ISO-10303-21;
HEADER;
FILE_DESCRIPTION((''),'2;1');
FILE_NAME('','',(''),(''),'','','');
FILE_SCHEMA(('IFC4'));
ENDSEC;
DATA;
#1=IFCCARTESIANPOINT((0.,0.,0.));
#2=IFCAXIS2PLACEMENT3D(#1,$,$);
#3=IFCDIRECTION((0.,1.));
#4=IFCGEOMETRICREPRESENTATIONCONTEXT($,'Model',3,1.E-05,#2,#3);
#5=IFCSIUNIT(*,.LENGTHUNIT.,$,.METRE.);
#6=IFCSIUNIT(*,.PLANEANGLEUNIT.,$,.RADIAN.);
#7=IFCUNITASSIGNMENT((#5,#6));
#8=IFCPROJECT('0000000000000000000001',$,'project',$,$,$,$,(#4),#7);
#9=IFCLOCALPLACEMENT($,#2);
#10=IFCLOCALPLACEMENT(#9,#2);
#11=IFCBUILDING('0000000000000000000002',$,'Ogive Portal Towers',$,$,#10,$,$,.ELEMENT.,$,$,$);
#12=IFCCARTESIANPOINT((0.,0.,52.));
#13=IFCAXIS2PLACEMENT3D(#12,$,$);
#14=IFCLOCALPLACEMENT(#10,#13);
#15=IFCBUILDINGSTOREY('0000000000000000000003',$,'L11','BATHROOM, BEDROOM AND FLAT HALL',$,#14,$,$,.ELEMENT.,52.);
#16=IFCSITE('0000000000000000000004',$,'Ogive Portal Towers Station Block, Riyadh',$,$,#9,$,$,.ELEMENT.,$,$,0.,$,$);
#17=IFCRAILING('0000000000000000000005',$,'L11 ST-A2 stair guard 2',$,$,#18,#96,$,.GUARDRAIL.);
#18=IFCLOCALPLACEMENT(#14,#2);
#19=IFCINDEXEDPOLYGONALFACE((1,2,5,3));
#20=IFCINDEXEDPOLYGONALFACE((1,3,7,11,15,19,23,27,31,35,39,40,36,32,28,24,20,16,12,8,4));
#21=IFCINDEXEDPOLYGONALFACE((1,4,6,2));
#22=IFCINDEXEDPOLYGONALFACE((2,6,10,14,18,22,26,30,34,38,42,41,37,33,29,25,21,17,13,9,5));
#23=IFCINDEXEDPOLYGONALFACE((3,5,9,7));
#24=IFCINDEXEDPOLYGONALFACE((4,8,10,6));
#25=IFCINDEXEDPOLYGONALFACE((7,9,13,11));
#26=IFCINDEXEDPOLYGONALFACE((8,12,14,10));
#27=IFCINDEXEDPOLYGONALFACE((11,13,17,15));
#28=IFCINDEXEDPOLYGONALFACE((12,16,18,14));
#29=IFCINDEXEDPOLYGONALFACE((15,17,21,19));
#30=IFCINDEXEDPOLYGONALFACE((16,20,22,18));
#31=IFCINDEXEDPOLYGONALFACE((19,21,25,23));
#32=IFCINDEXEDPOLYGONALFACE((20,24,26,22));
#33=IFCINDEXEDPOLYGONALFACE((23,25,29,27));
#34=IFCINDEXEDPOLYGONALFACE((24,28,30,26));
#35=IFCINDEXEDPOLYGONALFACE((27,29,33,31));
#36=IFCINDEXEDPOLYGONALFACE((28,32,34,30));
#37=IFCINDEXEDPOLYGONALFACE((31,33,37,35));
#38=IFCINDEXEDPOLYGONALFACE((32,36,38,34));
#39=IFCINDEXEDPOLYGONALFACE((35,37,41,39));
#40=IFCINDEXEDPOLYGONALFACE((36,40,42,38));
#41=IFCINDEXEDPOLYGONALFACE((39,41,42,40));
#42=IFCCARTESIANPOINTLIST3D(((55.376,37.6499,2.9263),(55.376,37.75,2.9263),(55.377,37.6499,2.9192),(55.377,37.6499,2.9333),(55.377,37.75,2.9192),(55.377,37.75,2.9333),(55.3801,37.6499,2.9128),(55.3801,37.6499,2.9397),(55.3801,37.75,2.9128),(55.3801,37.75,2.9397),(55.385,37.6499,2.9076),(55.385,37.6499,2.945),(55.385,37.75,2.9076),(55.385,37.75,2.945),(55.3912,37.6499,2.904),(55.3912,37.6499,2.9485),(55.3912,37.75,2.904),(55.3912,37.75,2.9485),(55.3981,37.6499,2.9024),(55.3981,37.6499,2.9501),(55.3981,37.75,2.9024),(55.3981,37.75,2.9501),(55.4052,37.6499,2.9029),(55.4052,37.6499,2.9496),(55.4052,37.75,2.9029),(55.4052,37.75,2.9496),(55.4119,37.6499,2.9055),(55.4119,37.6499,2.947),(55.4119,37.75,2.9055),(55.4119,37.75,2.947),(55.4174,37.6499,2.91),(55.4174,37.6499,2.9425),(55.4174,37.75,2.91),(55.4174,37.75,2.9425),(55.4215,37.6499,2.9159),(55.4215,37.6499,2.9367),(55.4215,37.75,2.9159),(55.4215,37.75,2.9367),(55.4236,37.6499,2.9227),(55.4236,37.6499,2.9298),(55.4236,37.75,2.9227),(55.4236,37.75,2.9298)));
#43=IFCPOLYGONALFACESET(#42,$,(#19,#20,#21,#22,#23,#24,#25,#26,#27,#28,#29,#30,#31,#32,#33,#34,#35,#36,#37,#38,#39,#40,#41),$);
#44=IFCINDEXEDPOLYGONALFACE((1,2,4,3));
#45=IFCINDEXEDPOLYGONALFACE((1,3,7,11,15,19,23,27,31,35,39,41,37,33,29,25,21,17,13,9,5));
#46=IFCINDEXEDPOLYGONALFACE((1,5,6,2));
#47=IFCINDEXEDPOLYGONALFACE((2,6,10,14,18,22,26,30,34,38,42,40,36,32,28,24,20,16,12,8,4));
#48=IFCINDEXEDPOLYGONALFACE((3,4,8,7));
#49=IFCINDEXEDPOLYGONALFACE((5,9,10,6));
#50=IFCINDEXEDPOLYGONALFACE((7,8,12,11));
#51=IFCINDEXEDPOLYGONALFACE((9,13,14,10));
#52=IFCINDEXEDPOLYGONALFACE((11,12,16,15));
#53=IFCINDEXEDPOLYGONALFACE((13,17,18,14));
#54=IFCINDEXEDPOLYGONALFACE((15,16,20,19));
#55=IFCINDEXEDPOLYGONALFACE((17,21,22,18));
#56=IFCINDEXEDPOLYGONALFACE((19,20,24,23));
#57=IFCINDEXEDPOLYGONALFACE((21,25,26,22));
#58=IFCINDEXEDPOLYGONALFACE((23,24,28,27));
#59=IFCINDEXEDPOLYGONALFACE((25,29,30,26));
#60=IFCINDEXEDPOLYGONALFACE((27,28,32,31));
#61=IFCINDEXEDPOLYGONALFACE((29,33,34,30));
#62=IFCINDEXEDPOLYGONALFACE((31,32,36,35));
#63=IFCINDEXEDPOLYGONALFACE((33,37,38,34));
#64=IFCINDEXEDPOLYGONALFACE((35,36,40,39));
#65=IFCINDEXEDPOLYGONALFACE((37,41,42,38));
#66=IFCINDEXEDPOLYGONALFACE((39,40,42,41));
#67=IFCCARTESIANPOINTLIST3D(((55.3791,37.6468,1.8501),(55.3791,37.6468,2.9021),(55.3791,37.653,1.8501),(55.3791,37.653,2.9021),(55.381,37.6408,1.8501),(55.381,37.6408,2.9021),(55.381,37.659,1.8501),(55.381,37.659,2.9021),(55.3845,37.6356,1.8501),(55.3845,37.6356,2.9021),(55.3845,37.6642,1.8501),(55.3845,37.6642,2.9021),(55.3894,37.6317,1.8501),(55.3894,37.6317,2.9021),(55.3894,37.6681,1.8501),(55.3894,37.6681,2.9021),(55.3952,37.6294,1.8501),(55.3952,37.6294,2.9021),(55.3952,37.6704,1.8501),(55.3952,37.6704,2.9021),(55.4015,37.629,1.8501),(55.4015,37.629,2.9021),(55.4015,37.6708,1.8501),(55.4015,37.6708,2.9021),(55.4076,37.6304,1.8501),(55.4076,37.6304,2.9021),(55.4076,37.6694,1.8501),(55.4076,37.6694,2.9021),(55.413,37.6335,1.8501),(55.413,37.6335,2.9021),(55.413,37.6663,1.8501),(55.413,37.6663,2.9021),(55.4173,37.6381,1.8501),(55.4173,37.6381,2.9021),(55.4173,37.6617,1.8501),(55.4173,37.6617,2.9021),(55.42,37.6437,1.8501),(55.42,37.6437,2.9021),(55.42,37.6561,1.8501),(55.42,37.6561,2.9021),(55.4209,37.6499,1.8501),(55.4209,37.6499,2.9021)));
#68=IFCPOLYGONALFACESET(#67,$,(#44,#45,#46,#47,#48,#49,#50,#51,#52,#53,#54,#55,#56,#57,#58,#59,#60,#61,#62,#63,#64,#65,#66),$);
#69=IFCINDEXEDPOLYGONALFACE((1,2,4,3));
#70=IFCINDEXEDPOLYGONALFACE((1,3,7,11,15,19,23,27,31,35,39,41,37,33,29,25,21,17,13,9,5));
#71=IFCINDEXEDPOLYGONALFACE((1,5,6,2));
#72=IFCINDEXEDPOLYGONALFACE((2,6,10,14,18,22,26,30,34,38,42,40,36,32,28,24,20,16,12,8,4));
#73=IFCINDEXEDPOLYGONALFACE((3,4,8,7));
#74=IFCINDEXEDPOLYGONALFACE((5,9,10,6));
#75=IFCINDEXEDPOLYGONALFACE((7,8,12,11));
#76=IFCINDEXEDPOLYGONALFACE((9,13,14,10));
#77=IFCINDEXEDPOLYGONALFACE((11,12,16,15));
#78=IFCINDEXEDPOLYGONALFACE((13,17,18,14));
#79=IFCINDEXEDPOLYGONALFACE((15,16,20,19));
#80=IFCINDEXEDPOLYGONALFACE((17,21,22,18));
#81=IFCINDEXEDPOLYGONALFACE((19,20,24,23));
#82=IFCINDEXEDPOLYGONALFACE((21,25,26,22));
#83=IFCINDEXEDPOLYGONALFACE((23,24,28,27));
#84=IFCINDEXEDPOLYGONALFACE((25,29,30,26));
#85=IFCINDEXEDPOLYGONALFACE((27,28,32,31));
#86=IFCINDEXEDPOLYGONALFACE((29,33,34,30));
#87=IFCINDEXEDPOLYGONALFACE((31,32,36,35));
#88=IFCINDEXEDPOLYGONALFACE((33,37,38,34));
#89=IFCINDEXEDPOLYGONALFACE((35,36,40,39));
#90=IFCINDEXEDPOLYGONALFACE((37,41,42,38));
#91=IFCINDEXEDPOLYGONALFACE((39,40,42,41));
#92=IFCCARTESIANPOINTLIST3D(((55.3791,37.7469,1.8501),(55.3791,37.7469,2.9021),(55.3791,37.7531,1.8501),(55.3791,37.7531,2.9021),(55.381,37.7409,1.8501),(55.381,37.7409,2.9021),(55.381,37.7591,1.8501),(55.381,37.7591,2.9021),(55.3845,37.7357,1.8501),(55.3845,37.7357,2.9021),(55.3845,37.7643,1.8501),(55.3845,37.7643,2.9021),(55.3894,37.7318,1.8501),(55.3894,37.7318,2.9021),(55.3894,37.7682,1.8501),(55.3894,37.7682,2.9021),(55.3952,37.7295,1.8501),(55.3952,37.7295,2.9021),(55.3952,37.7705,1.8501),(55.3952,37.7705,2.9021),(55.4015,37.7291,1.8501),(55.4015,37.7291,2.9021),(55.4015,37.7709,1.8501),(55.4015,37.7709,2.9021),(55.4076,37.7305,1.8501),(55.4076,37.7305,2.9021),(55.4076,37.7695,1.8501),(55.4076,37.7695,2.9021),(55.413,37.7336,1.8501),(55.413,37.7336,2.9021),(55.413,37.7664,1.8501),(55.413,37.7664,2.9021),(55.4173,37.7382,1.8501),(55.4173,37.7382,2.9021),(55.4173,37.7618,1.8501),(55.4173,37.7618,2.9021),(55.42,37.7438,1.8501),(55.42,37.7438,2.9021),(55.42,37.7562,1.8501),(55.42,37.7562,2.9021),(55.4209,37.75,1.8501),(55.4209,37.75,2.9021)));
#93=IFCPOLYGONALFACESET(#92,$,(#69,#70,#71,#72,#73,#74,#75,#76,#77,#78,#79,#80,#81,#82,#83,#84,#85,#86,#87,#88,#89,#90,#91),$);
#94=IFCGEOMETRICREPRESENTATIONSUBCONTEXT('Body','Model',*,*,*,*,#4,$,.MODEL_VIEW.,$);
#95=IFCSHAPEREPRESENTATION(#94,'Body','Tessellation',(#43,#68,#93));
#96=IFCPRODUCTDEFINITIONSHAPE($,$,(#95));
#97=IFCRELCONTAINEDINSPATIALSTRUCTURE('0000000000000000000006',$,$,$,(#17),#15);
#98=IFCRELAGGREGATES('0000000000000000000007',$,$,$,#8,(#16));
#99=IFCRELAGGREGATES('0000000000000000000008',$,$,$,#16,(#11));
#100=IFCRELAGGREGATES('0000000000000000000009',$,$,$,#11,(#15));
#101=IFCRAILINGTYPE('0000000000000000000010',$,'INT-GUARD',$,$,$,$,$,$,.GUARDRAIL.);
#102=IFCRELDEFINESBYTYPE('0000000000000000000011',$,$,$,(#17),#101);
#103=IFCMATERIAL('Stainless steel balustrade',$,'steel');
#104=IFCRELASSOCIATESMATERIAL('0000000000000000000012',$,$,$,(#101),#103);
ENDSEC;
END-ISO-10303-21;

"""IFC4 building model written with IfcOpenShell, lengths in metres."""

from ifc_helpers import new_model, si_unit, direction, frame, origin, origin_2d, place, context, subcontext, project, spatial, circle, extrude, material, type_object, element, save


model = new_model("IFC4")

# Units and contexts
model_context = context("Model", 3, precision=1e-05, world=origin(), true_north=direction((0.0, 1.0)))
body_context = subcontext(model_context, "Body", "Model", "MODEL_VIEW")
ifc_project = project(units=[si_unit("LENGTHUNIT", "METRE"), si_unit("PLANEANGLEUNIT", "RADIAN")], contexts=[model_context])

# Site, building, storey
site_placement = place(None, origin())
site = spatial("IfcSite", under=ifc_project, at=site_placement, Name="Ogive Portal Towers Station Block, Riyadh", CompositionType="ELEMENT", RefElevation=0.0)
building_placement = place(site_placement, origin())
building = spatial("IfcBuilding", under=site, at=building_placement, Name="Ogive Portal Towers", CompositionType="ELEMENT")
storey_placement = place(building_placement, frame((0.0, 0.0, 52.0)))
storey = spatial("IfcBuildingStorey", under=building, at=storey_placement, Name="L11", Description="BATHROOM, BEDROOM AND FLAT HALL", CompositionType="ELEMENT", Elevation=52.0)

# Railing
ifc_material_1 = material(Name="Stainless steel balustrade", Category="steel")
railing_type_1 = type_object("IfcRailingType", Name="INT-GUARD", PredefinedType="GUARDRAIL", material=ifc_material_1)
railing_1_placement = place(storey_placement, frame((55.3999, 37.6499, 1.8501)))
element("IfcRailing", 1, at=railing_1_placement, inside=storey, type_object=railing_type_1, Name="L11 ST-A2 stair guard 2", PredefinedType="GUARDRAIL", context=body_context, shape_type="SweptSolid", body=[
    extrude(circle(Radius=0.0239, at=origin_2d()), frame((0.0, 0.0, 1.0762), z_axis=(0.0, 1.0, 0.0), x_axis=(-1.0, 0.0, 0.0)), (0.0, 0.0, 1.0), 0.1001),
    extrude(circle(Radius=0.021, at=origin_2d()), origin(), (0.0, 0.0, 1.0), 1.052),
    extrude(circle(Radius=0.021, at=origin_2d()), frame((0.0, 0.1001, 0.0)), (0.0, 0.0, 1.0), 1.052),
])

save(model, "model.ifc")
